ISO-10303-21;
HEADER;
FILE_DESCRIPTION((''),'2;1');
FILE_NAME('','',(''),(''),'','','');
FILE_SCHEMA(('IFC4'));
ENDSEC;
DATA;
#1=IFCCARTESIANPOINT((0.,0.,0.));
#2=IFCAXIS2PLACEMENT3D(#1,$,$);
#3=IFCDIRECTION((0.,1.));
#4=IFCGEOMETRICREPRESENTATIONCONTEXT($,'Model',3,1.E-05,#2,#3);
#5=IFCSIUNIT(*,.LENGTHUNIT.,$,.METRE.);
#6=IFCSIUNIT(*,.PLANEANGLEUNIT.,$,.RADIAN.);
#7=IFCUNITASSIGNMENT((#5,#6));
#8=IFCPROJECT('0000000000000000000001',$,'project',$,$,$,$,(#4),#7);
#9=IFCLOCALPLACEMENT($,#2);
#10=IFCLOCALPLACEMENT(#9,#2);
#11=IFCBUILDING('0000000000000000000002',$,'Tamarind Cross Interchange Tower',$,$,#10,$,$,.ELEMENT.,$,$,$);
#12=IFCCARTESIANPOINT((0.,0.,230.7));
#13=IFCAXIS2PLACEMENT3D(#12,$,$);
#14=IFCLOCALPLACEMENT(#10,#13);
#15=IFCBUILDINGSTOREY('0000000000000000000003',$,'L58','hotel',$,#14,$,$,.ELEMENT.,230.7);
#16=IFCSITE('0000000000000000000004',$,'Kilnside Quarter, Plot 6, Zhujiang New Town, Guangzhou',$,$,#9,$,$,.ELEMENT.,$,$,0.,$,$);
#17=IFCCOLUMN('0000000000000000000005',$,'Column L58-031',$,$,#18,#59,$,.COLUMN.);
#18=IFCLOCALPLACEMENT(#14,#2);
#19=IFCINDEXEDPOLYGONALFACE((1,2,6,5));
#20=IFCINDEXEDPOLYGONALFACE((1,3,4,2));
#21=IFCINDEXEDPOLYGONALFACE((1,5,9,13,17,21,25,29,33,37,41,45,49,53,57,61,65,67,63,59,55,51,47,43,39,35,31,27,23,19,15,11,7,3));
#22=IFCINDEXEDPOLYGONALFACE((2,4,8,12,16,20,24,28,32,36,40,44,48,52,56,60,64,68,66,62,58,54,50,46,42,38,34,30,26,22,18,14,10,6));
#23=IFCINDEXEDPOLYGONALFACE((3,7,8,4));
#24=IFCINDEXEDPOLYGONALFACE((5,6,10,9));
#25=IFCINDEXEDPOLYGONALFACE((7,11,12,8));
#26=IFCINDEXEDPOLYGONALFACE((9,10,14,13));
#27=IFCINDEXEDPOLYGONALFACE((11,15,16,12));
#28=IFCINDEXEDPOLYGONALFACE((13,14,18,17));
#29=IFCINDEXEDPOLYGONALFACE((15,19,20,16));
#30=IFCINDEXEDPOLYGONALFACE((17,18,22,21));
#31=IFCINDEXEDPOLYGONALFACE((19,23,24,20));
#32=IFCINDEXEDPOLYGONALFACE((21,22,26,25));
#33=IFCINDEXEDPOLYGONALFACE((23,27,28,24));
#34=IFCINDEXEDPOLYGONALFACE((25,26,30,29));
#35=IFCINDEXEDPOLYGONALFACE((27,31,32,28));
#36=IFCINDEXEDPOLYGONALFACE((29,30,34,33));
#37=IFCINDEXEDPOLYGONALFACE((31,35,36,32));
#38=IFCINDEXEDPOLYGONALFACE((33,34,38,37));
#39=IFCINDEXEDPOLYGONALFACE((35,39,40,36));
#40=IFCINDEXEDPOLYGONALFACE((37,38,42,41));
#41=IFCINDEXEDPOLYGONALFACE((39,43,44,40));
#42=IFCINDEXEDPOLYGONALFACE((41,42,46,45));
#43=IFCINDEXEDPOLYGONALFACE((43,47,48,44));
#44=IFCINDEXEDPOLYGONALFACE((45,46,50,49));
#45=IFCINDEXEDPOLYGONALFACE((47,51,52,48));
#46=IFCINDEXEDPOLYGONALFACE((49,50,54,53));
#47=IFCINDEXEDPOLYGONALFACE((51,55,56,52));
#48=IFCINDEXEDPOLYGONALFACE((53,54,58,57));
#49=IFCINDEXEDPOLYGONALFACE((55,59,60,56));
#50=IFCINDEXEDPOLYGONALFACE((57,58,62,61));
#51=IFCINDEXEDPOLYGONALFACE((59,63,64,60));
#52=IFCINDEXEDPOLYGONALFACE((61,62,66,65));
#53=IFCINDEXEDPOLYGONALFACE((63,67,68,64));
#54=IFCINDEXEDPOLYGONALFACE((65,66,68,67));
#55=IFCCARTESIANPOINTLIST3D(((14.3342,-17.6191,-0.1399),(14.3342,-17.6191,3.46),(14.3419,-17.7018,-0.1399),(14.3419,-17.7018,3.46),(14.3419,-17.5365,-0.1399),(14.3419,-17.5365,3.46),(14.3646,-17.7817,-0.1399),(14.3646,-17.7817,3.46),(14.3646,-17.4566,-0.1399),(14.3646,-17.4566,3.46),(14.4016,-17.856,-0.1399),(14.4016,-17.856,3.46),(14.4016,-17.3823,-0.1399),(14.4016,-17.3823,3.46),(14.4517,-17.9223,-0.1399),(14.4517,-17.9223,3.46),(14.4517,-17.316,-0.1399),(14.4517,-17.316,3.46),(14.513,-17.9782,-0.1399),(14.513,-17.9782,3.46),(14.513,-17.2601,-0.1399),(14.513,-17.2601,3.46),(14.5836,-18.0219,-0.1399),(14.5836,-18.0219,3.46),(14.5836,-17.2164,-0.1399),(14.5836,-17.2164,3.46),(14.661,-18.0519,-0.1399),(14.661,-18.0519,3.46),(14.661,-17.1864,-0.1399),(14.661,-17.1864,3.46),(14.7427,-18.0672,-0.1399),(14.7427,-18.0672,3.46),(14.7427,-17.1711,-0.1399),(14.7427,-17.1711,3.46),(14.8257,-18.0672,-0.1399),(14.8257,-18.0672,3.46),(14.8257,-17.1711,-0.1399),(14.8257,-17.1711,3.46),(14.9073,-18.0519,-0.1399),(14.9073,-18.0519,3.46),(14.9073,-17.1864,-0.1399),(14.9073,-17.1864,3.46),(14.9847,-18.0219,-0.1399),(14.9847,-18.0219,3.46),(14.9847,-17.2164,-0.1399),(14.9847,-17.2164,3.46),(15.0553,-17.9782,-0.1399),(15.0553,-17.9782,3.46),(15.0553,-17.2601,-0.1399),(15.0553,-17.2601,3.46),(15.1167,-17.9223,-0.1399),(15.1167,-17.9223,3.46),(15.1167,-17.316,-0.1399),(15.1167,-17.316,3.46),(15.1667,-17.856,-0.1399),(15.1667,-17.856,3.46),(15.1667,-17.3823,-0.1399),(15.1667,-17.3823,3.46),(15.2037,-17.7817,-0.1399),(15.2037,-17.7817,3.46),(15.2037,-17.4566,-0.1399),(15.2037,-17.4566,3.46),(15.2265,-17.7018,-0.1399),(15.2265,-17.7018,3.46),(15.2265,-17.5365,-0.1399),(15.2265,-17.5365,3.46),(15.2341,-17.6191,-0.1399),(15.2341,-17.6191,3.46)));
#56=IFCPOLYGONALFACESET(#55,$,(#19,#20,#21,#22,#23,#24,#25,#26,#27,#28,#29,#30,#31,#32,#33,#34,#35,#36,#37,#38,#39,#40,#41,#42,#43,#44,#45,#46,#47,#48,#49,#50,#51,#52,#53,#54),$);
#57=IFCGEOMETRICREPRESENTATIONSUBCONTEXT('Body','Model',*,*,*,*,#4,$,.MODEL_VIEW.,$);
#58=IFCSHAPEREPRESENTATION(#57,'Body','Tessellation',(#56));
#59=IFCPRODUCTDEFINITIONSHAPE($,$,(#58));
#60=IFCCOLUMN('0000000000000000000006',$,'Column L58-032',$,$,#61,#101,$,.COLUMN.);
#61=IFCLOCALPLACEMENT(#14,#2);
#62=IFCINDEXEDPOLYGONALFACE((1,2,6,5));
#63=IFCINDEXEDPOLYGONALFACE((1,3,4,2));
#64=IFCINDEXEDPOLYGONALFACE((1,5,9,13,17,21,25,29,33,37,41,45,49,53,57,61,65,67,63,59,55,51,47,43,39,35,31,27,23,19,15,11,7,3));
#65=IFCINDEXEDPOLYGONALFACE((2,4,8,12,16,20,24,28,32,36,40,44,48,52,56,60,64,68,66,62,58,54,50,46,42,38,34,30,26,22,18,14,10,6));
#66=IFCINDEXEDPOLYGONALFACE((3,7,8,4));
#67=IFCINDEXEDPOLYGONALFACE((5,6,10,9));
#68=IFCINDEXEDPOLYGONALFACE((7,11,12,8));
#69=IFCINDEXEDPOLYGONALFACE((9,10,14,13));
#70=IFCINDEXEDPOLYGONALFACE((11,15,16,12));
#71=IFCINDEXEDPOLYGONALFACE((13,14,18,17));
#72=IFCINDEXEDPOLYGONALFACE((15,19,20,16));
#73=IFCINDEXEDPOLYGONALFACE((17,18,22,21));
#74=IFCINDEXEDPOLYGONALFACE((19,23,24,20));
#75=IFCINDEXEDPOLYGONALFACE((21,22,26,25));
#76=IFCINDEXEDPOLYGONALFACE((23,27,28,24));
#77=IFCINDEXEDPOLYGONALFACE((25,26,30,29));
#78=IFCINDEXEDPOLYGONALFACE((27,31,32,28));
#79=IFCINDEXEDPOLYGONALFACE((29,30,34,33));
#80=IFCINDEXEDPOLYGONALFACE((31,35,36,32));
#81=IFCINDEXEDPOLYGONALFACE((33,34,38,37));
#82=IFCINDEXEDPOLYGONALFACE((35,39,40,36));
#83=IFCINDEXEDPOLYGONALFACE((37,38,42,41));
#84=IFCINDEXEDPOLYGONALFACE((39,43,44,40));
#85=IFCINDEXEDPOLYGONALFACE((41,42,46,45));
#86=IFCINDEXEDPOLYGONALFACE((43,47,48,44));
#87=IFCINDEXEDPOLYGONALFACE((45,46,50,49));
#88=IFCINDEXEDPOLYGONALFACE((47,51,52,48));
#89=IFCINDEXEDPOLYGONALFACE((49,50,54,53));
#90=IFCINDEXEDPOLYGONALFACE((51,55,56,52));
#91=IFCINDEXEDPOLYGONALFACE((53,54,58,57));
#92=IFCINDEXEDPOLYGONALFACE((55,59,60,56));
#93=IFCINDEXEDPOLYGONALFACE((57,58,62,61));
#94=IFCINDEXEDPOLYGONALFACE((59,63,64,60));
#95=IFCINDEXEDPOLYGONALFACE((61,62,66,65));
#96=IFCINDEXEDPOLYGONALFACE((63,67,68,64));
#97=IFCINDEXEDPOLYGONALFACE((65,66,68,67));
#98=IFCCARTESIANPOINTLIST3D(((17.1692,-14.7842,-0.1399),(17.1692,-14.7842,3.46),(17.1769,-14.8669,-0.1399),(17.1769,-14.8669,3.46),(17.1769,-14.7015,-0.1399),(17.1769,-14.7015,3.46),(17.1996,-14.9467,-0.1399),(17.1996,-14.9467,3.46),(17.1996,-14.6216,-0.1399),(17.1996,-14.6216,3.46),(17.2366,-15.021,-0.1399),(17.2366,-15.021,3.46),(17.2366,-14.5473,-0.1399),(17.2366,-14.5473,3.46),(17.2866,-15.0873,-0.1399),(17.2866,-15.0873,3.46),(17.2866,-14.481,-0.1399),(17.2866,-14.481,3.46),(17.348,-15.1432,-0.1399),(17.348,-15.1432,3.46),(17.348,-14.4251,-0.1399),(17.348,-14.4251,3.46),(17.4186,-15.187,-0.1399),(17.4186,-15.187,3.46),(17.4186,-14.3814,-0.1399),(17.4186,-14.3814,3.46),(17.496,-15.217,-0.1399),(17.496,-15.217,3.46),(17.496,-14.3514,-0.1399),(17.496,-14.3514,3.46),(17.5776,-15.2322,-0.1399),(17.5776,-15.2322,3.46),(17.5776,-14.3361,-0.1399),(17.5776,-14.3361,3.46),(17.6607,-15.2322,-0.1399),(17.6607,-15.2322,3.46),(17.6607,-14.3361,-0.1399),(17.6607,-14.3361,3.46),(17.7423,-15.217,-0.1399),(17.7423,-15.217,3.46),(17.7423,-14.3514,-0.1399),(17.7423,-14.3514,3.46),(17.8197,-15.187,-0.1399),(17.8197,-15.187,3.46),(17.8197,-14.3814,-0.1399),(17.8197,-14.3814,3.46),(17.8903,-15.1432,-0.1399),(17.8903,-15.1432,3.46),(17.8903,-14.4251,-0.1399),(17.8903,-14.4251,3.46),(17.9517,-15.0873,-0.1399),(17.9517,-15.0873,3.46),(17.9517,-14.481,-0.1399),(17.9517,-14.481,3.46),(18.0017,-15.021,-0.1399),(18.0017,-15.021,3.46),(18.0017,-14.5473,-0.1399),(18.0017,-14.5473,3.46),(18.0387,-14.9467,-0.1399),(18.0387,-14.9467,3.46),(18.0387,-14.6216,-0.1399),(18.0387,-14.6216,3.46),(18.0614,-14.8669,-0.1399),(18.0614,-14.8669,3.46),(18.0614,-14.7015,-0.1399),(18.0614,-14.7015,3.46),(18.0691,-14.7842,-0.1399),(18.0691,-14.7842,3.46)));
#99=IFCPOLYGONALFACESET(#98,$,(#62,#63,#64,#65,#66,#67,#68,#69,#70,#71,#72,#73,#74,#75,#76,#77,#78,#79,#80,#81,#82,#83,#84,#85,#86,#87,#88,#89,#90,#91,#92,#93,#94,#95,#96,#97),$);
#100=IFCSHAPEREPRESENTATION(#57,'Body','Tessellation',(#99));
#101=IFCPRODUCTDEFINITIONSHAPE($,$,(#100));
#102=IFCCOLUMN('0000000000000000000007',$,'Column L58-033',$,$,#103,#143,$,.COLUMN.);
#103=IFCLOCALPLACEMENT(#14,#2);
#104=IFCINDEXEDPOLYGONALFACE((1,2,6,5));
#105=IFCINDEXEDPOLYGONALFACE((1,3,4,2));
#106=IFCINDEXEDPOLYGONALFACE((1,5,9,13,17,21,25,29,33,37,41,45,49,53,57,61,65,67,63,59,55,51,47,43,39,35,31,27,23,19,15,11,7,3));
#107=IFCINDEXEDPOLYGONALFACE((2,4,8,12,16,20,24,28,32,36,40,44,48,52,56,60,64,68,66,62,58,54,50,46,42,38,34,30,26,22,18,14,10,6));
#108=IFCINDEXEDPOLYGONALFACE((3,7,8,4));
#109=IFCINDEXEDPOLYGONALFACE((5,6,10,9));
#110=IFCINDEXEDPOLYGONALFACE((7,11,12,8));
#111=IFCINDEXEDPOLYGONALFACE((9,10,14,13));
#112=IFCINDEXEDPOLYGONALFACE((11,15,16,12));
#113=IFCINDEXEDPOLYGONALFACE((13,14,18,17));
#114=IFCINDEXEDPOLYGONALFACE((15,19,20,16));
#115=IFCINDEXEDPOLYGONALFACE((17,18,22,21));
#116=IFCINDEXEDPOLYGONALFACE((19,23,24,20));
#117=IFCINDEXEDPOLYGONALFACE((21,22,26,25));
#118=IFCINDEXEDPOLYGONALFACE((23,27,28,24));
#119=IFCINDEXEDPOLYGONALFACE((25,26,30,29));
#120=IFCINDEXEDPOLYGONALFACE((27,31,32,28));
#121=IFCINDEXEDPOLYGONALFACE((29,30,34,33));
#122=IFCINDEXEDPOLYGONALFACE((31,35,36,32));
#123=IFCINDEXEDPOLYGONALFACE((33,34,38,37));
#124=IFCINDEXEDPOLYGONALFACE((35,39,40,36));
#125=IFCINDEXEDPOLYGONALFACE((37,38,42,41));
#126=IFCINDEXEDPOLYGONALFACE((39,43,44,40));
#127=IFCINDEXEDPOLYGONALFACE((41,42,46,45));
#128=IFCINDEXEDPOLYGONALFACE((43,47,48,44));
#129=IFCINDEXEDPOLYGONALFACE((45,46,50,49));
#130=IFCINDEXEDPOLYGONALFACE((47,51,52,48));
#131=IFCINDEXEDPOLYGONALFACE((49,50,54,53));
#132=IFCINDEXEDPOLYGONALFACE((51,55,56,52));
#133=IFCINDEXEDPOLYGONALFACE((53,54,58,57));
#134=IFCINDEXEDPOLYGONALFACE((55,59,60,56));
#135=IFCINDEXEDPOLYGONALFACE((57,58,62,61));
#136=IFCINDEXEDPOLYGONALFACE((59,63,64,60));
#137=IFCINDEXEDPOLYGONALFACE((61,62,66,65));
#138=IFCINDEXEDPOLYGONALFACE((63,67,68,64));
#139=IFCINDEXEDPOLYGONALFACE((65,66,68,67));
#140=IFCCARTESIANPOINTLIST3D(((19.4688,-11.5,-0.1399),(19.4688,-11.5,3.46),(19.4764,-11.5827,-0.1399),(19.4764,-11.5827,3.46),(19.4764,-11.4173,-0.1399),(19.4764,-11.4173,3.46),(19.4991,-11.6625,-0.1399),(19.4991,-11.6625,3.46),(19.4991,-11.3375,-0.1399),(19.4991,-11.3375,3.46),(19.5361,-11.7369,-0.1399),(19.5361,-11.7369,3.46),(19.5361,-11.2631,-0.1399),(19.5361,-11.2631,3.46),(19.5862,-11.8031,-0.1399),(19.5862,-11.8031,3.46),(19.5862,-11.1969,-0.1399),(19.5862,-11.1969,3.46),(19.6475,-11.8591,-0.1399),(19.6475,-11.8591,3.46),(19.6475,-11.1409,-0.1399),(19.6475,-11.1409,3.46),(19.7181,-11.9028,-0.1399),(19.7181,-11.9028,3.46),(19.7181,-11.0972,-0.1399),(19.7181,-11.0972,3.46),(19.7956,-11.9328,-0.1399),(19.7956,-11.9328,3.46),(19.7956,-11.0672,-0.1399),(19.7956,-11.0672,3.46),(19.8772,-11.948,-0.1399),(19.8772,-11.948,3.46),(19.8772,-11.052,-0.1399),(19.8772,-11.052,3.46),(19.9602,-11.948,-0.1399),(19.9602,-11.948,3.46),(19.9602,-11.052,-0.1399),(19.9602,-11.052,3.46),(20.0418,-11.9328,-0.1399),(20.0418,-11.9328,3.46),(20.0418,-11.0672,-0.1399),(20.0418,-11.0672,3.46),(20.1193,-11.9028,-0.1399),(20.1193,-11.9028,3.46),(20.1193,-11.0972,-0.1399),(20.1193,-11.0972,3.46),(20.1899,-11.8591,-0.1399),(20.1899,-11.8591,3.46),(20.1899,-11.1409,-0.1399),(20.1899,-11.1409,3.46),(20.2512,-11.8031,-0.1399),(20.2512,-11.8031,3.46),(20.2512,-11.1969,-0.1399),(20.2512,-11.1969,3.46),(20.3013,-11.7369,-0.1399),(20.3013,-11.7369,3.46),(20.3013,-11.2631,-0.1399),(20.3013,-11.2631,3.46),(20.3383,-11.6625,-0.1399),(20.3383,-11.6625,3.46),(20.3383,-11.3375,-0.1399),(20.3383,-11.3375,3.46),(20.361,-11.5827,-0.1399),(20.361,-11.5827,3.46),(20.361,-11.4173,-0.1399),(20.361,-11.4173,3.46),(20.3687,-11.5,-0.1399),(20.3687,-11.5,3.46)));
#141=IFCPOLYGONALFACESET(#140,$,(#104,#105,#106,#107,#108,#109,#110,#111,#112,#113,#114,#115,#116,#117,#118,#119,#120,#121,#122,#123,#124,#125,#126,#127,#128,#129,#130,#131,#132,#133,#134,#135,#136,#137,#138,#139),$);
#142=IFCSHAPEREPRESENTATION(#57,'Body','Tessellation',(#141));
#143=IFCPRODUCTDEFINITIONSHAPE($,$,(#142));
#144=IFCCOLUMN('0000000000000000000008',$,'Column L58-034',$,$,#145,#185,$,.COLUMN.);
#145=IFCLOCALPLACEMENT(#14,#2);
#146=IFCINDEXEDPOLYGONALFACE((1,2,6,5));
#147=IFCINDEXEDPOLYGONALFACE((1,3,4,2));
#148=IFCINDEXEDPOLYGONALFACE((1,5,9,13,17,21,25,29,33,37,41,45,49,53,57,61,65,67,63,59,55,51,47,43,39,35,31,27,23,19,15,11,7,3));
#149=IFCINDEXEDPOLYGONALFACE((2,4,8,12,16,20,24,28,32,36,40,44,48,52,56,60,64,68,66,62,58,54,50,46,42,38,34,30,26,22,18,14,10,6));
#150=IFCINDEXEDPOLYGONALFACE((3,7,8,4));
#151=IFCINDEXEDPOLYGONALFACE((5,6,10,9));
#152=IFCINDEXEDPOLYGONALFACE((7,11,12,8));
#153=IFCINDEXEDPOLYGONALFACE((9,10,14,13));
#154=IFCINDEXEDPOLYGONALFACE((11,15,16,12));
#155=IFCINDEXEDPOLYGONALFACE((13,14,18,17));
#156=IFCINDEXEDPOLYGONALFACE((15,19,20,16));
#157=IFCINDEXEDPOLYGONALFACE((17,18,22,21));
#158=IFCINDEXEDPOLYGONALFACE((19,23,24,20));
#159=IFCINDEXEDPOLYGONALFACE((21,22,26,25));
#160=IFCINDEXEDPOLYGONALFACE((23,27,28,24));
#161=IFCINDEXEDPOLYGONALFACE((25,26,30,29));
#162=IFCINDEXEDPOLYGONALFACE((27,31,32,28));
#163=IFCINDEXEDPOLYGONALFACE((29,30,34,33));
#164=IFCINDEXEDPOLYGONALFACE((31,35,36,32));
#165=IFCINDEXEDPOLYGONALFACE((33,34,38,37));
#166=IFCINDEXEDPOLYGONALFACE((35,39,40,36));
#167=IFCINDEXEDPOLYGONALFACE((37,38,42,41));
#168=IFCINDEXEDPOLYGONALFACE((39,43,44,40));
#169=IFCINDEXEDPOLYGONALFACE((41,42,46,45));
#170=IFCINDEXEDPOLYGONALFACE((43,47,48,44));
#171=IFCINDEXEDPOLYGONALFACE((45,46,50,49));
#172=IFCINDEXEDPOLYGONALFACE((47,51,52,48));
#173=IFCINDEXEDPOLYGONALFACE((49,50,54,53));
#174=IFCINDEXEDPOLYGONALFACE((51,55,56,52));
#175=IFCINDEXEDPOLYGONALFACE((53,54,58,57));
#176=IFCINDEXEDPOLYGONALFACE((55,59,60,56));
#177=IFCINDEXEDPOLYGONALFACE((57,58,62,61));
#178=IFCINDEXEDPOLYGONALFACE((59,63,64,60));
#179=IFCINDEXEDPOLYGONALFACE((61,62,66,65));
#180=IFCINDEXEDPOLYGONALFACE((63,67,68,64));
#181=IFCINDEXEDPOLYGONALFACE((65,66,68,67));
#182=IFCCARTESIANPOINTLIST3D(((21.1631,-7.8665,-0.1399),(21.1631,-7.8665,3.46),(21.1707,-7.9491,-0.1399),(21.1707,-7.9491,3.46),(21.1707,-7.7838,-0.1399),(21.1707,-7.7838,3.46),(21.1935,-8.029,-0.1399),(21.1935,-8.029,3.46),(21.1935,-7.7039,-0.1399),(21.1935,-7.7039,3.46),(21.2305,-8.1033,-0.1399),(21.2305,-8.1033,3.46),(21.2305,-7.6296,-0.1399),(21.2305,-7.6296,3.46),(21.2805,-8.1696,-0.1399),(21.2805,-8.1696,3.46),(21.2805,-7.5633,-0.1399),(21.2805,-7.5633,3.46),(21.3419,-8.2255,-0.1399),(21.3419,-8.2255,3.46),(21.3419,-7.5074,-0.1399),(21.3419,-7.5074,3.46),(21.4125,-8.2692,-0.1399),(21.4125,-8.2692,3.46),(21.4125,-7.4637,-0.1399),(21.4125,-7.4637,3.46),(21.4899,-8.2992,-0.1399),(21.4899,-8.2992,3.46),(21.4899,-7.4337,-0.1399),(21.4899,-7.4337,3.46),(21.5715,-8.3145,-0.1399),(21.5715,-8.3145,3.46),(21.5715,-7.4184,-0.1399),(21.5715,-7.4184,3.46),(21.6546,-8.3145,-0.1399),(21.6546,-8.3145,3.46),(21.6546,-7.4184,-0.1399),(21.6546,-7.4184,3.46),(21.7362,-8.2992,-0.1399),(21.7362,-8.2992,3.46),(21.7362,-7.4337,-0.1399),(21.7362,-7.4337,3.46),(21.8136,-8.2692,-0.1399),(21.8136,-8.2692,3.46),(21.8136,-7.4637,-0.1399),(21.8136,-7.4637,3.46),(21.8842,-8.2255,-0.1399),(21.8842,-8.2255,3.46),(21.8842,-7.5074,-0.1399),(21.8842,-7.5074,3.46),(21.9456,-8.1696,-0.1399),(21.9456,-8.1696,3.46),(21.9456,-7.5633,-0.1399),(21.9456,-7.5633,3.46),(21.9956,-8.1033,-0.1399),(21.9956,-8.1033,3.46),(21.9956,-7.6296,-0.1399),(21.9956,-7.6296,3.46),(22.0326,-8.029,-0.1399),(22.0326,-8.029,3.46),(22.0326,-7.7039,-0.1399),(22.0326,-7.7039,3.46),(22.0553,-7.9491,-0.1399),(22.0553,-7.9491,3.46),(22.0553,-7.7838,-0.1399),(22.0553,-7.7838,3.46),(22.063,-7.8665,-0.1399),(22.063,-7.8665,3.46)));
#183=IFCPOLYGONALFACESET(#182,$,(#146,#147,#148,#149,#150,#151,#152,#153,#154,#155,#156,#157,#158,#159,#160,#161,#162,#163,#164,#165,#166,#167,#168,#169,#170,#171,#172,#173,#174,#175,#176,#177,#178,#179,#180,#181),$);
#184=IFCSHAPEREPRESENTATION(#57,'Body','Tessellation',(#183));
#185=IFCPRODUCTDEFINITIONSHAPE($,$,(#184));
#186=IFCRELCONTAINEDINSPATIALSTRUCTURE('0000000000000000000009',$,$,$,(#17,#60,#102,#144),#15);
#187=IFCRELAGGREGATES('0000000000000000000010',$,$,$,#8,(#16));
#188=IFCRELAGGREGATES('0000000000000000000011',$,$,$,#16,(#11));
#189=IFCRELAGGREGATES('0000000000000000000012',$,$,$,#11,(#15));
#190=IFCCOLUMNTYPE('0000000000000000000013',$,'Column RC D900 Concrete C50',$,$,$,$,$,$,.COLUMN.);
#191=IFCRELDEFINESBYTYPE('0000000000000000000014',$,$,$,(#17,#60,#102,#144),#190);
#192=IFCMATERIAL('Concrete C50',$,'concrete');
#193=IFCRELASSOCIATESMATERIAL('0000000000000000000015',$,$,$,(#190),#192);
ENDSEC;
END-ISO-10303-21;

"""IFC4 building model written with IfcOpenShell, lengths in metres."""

from ifc_helpers import new_model, si_unit, direction, frame, origin, origin_2d, place, context, subcontext, project, spatial, circle, extrude, material, material_profile, profile_set, type_object, element, save


model = new_model("IFC4")

# Units and contexts
model_context = context("Model", 3, precision=1e-05, world=origin(), true_north=direction((0.0, 1.0)))
body_context = subcontext(model_context, "Body", "Model", "MODEL_VIEW")
ifc_project = project(units=[si_unit("LENGTHUNIT", "METRE"), si_unit("PLANEANGLEUNIT", "RADIAN")], contexts=[model_context])

# Site, building, storey
site_placement = place(None, origin())
site = spatial("IfcSite", under=ifc_project, at=site_placement, Name="Kilnside Quarter, Plot 6, Zhujiang New Town, Guangzhou", CompositionType="ELEMENT", RefElevation=0.0)
building_placement = place(site_placement, origin())
building = spatial("IfcBuilding", under=site, at=building_placement, Name="Tamarind Cross Interchange Tower", CompositionType="ELEMENT")
storey_placement = place(building_placement, frame((0.0, 0.0, 230.7)))
storey = spatial("IfcBuildingStorey", under=building, at=storey_placement, Name="L58", Description="hotel", CompositionType="ELEMENT", Elevation=230.7)

# Columns
ifc_material_1 = material(Name="Concrete C50", Category="concrete")
ifc_material_profile_1 = material_profile(ifc_material_1, circle(Radius=0.45, at=origin_2d()), Name="RC D900")
ifc_profile_set_1 = profile_set([ifc_material_profile_1], Name="Concrete C50")
column_type = type_object("IfcColumnType", Name="Column RC D900 Concrete C50", PredefinedType="COLUMN", material=ifc_profile_set_1)
for number, where, z_axis, x_axis, name in (
    (1, (14.7842, -17.6191, -0.1399), (0.0, 0.0, 1.0), (1.0, 0.0, 0.0), "Column L58-031"),
    (2, (17.6191, -14.7842, -0.1399), (0.0, 0.0, 1.0), (1.0, 0.0, 0.0), "Column L58-032"),
    (3, (19.9187, -11.5, -0.1399), (0.0, 0.0, 1.0), (1.0, 0.0, 0.0), "Column L58-033"),
    (4, (21.613, -7.8665, -0.1399), (0.0, 0.0, 1.0), (1.0, 0.0, 0.0), "Column L58-034"),
):
    element("IfcColumn", number, at=place(storey_placement, frame(where, z_axis=z_axis, x_axis=x_axis)), inside=storey, type_object=column_type, Name=name, PredefinedType="COLUMN", context=body_context, shape_type="SweptSolid", body=[
        extrude(circle(Radius=0.45, at=origin_2d()), origin(), (0.0, 0.0, 1.0), 3.5999),
    ])

save(model, "model.ifc")
